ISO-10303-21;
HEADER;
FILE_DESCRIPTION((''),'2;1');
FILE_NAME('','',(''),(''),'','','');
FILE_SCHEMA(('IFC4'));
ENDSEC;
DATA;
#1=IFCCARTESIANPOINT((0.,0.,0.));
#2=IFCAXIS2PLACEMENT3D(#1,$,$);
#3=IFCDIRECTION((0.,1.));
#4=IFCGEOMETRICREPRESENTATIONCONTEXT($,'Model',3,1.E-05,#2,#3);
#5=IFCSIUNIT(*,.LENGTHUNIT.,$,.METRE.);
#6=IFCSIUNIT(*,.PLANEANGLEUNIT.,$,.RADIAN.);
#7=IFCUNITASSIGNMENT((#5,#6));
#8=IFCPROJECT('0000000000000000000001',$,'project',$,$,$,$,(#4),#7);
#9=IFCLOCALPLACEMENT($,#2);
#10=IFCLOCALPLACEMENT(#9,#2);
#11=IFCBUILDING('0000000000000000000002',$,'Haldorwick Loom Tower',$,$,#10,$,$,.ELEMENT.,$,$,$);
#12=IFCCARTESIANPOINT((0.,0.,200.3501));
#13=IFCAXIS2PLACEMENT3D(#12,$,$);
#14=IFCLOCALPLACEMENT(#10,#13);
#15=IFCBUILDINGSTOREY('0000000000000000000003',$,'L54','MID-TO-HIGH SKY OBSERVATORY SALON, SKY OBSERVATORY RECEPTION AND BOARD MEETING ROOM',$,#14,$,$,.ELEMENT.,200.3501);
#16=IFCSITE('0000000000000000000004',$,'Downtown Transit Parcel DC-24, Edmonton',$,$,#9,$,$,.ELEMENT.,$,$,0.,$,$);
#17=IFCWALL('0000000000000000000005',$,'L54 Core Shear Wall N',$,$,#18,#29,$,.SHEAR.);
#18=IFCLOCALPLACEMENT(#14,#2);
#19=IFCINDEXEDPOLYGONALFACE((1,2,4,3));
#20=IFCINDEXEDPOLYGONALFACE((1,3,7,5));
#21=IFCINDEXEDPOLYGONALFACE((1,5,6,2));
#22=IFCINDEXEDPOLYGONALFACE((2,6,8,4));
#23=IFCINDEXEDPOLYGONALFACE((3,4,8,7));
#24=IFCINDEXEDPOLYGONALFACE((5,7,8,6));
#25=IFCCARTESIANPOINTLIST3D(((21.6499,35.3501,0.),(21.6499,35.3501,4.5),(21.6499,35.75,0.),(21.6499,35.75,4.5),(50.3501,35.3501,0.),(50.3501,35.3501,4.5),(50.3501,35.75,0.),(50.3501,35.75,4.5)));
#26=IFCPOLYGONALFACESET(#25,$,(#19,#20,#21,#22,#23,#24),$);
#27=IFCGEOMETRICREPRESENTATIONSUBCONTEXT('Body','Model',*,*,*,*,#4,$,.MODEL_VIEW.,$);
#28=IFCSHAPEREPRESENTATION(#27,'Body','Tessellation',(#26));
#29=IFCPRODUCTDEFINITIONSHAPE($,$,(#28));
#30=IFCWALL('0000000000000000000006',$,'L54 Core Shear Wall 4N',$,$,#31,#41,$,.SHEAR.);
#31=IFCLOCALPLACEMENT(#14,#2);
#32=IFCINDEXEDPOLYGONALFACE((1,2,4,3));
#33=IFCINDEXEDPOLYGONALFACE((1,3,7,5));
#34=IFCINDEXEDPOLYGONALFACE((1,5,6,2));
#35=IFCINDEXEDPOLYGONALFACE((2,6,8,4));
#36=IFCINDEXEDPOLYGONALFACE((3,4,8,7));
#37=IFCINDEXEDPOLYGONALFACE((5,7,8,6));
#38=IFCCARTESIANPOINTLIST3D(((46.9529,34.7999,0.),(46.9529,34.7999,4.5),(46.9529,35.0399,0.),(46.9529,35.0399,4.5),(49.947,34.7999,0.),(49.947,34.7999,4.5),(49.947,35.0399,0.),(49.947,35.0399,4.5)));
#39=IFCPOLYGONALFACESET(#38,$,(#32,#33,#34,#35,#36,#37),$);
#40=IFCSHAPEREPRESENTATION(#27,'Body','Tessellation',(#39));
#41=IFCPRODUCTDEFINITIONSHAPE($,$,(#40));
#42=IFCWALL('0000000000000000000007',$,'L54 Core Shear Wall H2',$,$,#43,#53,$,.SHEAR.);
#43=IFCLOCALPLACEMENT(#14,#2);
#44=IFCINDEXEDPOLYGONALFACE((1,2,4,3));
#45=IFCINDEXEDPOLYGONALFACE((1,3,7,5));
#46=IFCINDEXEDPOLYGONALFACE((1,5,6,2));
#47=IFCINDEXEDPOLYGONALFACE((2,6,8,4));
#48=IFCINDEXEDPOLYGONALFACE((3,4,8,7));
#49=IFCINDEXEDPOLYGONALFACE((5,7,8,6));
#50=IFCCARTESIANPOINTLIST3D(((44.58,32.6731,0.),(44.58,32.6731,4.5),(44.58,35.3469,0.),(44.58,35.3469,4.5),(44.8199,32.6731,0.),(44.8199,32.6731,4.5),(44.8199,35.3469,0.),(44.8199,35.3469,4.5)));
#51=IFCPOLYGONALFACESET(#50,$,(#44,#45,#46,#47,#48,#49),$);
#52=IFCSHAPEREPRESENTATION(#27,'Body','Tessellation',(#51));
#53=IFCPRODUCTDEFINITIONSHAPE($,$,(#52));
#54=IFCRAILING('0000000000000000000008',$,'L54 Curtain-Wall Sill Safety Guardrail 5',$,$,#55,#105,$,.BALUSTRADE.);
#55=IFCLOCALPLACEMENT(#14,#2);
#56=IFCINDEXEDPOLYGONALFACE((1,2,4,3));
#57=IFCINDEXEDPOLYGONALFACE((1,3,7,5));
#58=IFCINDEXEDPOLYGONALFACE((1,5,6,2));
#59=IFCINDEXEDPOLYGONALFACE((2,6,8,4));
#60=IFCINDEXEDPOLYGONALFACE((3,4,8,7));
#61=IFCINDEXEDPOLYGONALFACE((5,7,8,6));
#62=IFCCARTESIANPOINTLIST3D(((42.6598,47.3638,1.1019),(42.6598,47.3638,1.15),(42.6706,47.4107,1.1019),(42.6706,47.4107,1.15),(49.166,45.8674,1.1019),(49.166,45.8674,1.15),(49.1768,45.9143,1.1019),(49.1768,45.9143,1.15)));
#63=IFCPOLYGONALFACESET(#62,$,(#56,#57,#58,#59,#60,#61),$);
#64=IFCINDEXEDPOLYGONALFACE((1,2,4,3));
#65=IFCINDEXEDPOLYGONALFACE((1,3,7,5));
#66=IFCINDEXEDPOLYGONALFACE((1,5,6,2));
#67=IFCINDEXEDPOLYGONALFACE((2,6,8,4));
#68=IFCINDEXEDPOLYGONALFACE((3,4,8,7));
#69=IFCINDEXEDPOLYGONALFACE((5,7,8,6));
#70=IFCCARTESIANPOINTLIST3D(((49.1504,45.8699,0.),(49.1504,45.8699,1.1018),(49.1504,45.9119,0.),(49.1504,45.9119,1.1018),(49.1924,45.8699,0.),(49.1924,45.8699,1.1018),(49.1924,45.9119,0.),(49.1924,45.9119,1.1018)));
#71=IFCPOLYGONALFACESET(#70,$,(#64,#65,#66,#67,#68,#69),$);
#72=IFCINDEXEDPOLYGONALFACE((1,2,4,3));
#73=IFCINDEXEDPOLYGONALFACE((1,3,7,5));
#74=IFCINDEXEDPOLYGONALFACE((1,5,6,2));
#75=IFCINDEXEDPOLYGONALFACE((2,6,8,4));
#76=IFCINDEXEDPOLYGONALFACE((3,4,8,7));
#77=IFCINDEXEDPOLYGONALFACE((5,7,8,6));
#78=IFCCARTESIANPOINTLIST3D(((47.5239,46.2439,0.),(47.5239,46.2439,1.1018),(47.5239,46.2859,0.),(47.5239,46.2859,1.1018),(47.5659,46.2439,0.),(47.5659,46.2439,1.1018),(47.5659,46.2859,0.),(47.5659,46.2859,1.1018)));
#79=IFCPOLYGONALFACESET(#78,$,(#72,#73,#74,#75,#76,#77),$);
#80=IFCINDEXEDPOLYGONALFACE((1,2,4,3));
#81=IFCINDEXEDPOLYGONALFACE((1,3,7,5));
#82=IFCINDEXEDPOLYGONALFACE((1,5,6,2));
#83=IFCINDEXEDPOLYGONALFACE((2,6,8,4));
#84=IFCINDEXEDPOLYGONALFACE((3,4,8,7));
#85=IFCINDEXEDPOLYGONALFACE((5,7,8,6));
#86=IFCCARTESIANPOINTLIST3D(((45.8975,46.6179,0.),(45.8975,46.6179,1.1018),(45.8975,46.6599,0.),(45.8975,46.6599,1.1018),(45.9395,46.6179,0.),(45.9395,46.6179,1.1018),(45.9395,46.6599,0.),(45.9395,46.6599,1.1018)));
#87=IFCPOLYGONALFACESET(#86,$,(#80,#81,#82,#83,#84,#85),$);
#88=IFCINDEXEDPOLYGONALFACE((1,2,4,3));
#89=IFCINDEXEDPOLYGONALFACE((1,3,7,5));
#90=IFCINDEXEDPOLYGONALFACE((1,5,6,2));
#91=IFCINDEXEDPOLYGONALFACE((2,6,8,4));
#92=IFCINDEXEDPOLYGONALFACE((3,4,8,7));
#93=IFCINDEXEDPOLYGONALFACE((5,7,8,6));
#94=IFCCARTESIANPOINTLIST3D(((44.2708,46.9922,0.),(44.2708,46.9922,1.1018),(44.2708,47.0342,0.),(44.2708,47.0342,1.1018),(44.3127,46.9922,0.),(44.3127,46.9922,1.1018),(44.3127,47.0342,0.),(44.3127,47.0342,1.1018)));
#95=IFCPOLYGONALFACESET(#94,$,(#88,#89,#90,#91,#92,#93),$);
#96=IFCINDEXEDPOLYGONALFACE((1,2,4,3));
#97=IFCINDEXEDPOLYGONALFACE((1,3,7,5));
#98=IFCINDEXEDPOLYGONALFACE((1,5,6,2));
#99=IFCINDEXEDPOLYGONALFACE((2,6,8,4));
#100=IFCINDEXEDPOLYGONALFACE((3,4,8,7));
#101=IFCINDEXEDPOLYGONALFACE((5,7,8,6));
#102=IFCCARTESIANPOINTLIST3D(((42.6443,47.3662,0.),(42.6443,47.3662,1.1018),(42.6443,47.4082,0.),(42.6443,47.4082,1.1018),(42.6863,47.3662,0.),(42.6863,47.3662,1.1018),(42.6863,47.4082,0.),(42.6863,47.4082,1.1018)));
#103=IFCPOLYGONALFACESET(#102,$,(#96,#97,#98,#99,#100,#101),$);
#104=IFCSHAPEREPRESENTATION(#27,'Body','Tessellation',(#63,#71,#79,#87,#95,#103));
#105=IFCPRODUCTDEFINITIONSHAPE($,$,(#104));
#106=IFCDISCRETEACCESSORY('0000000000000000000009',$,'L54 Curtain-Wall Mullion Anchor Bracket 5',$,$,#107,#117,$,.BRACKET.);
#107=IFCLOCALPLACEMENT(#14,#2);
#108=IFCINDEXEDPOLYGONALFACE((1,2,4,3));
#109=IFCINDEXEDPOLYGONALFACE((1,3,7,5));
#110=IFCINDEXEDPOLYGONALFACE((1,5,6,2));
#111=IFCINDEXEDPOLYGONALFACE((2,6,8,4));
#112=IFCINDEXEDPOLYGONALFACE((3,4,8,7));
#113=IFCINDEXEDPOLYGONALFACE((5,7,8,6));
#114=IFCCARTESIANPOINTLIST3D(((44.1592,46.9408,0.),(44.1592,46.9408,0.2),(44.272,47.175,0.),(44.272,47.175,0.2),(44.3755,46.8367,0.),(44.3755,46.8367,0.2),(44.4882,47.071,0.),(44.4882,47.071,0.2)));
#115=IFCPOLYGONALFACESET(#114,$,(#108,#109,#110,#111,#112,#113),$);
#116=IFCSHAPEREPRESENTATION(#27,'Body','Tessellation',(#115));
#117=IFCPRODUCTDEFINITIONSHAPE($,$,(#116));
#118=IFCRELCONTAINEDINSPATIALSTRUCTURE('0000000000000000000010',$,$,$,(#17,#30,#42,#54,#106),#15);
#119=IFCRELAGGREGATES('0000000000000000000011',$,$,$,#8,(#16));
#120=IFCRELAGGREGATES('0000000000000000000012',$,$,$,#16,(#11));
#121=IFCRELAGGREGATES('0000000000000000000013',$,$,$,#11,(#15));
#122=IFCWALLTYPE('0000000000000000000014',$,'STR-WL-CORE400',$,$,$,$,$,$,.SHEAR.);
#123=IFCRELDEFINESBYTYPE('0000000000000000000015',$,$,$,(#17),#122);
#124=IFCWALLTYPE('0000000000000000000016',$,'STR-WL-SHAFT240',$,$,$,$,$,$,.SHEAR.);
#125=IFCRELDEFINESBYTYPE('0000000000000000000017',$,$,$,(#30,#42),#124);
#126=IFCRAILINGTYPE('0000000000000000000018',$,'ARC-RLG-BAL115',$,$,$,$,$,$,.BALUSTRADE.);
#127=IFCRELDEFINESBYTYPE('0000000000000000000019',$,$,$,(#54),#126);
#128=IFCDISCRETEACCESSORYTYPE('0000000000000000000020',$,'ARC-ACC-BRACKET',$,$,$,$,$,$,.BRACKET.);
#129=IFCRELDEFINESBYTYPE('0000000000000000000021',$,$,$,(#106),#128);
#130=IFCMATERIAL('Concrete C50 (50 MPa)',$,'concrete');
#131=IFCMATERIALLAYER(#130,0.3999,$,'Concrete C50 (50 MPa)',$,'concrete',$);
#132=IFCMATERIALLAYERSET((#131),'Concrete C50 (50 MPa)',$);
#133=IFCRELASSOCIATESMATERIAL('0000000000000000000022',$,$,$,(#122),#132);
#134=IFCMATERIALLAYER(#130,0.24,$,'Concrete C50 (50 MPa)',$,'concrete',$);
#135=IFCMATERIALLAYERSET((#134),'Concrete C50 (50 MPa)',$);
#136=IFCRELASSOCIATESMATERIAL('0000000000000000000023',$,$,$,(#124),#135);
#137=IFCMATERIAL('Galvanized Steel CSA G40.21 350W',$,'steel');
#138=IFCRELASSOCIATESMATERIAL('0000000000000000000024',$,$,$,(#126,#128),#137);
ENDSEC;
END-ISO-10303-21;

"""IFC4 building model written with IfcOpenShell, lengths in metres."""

from ifc_helpers import new_model, si_unit, direction, frame, frame_2d, origin, origin_2d, place, context, subcontext, project, spatial, rectangle, extrude, material, layer, layer_set, type_object, element, save


model = new_model("IFC4")

# Units and contexts
model_context = context("Model", 3, precision=1e-05, world=origin(), true_north=direction((0.0, 1.0)))
body_context = subcontext(model_context, "Body", "Model", "MODEL_VIEW")
ifc_project = project(units=[si_unit("LENGTHUNIT", "METRE"), si_unit("PLANEANGLEUNIT", "RADIAN")], contexts=[model_context])

# Site, building, storey
site_placement = place(None, origin())
site = spatial("IfcSite", under=ifc_project, at=site_placement, Name="Downtown Transit Parcel DC-24, Edmonton", CompositionType="ELEMENT", RefElevation=0.0)
building_placement = place(site_placement, origin())
building = spatial("IfcBuilding", under=site, at=building_placement, Name="Haldorwick Loom Tower", CompositionType="ELEMENT")
storey_placement = place(building_placement, frame((0.0, 0.0, 200.3501)))
storey = spatial("IfcBuildingStorey", under=building, at=storey_placement, Name="L54", Description="MID-TO-HIGH SKY OBSERVATORY SALON, SKY OBSERVATORY RECEPTION AND BOARD MEETING ROOM", CompositionType="ELEMENT", Elevation=200.3501)

# Walls
ifc_material_1 = material(Name="Concrete C50 (50 MPa)", Category="concrete")
ifc_layer_1 = layer(ifc_material_1, 0.3999, Name="Concrete C50 (50 MPa)", Category="concrete")
ifc_layer_set_1 = layer_set([ifc_layer_1], Name="Concrete C50 (50 MPa)")
wall_type_1 = type_object("IfcWallType", Name="STR-WL-CORE400", PredefinedType="SHEAR", material=ifc_layer_set_1)
wall_1_placement = place(storey_placement, frame((50.3501, 35.55, 0.0), z_axis=(0.0, 0.0, 1.0), x_axis=(-1.0, 0.0, 0.0)))
element("IfcWall", 1, at=wall_1_placement, inside=storey, type_object=wall_type_1, Name="L54 Core Shear Wall N", PredefinedType="SHEAR", context=body_context, shape_type="SweptSolid", body=[
    extrude(rectangle(XDim=28.7002, YDim=0.3999, at=frame_2d((14.3501, 0.0))), origin(), (0.0, 0.0, 1.0), 4.5),
])
ifc_layer_2 = layer(ifc_material_1, 0.24, Name="Concrete C50 (50 MPa)", Category="concrete")
ifc_layer_set_2 = layer_set([ifc_layer_2], Name="Concrete C50 (50 MPa)")
wall_type_2 = type_object("IfcWallType", Name="STR-WL-SHAFT240", PredefinedType="SHEAR", material=ifc_layer_set_2)
wall_2_placement = place(storey_placement, frame((46.9529, 34.9199, 0.0), z_axis=(0.0, 0.0, 1.0), x_axis=(1.0, 0.0, 0.0)))
element("IfcWall", 2, at=wall_2_placement, inside=storey, type_object=wall_type_2, Name="L54 Core Shear Wall 4N", PredefinedType="SHEAR", context=body_context, shape_type="SweptSolid", body=[
    extrude(rectangle(XDim=2.9941, YDim=0.24, at=frame_2d((1.4971, 0.0))), origin(), (0.0, 0.0, 1.0), 4.5),
])
wall_3_placement = place(storey_placement, frame((44.7, 32.6731, 0.0), z_axis=(0.0, 0.0, 1.0), x_axis=(0.0, 1.0, 0.0)))
element("IfcWall", 3, at=wall_3_placement, inside=storey, type_object=wall_type_2, Name="L54 Core Shear Wall H2", PredefinedType="SHEAR", context=body_context, shape_type="SweptSolid", body=[
    extrude(rectangle(XDim=2.6738, YDim=0.24, at=frame_2d((1.3369, 0.0))), origin(), (0.0, 0.0, 1.0), 4.5),
])

# Railing
ifc_material_2 = material(Name="Galvanized Steel CSA G40.21 350W", Category="steel")
railing_type = type_object("IfcRailingType", Name="ARC-RLG-BAL115", PredefinedType="BALUSTRADE", material=ifc_material_2)
railing_placement = place(storey_placement, frame((49.1714, 45.8909, 0.0)))
element("IfcRailing", 4, at=railing_placement, inside=storey, type_object=railing_type, Name="L54 Curtain-Wall Sill Safety Guardrail 5", PredefinedType="BALUSTRADE", context=body_context, shape_type="SweptSolid", body=[
    extrude(rectangle(XDim=0.0481, YDim=0.0481, at=origin_2d()), frame((0.0, 0.0, 1.126), z_axis=(-0.974557, 0.224138, 0.0), x_axis=(-0.224138, -0.974557, 0.0)), (0.0, 0.0, 1.0), 6.676),
    extrude(rectangle(XDim=0.042, YDim=0.042, at=origin_2d()), origin(), (0.0, 0.0, 1.0), 1.1018),
    extrude(rectangle(XDim=0.042, YDim=0.042, at=origin_2d()), frame((-1.6265, 0.374, 0.0)), (0.0, 0.0, 1.0), 1.1018),
    extrude(rectangle(XDim=0.042, YDim=0.042, at=origin_2d()), frame((-3.2529, 0.748, 0.0)), (0.0, 0.0, 1.0), 1.1018),
    extrude(rectangle(XDim=0.042, YDim=0.042, at=origin_2d()), frame((-4.8796, 1.1223, 0.0)), (0.0, 0.0, 1.0), 1.1018),
    extrude(rectangle(XDim=0.042, YDim=0.042, at=origin_2d()), frame((-6.5061, 1.4963, 0.0)), (0.0, 0.0, 1.0), 1.1018),
])

# Discrete accessory
discrete_accessory_type = type_object("IfcDiscreteAccessoryType", Name="ARC-ACC-BRACKET", PredefinedType="BRACKET", material=ifc_material_2)
discrete_accessory_placement = place(storey_placement, frame((44.3237, 47.0059, 0.0), z_axis=(0.0, 0.0, 1.0), x_axis=(0.433659, 0.901077, 0.0)))
element("IfcDiscreteAccessory", 5, at=discrete_accessory_placement, inside=storey, type_object=discrete_accessory_type, Name="L54 Curtain-Wall Mullion Anchor Bracket 5", PredefinedType="BRACKET", context=body_context, shape_type="SweptSolid", body=[
    extrude(rectangle(XDim=0.26, YDim=0.24, at=origin_2d()), origin(), (0.0, 0.0, 1.0), 0.2),
])

save(model, "model.ifc")
